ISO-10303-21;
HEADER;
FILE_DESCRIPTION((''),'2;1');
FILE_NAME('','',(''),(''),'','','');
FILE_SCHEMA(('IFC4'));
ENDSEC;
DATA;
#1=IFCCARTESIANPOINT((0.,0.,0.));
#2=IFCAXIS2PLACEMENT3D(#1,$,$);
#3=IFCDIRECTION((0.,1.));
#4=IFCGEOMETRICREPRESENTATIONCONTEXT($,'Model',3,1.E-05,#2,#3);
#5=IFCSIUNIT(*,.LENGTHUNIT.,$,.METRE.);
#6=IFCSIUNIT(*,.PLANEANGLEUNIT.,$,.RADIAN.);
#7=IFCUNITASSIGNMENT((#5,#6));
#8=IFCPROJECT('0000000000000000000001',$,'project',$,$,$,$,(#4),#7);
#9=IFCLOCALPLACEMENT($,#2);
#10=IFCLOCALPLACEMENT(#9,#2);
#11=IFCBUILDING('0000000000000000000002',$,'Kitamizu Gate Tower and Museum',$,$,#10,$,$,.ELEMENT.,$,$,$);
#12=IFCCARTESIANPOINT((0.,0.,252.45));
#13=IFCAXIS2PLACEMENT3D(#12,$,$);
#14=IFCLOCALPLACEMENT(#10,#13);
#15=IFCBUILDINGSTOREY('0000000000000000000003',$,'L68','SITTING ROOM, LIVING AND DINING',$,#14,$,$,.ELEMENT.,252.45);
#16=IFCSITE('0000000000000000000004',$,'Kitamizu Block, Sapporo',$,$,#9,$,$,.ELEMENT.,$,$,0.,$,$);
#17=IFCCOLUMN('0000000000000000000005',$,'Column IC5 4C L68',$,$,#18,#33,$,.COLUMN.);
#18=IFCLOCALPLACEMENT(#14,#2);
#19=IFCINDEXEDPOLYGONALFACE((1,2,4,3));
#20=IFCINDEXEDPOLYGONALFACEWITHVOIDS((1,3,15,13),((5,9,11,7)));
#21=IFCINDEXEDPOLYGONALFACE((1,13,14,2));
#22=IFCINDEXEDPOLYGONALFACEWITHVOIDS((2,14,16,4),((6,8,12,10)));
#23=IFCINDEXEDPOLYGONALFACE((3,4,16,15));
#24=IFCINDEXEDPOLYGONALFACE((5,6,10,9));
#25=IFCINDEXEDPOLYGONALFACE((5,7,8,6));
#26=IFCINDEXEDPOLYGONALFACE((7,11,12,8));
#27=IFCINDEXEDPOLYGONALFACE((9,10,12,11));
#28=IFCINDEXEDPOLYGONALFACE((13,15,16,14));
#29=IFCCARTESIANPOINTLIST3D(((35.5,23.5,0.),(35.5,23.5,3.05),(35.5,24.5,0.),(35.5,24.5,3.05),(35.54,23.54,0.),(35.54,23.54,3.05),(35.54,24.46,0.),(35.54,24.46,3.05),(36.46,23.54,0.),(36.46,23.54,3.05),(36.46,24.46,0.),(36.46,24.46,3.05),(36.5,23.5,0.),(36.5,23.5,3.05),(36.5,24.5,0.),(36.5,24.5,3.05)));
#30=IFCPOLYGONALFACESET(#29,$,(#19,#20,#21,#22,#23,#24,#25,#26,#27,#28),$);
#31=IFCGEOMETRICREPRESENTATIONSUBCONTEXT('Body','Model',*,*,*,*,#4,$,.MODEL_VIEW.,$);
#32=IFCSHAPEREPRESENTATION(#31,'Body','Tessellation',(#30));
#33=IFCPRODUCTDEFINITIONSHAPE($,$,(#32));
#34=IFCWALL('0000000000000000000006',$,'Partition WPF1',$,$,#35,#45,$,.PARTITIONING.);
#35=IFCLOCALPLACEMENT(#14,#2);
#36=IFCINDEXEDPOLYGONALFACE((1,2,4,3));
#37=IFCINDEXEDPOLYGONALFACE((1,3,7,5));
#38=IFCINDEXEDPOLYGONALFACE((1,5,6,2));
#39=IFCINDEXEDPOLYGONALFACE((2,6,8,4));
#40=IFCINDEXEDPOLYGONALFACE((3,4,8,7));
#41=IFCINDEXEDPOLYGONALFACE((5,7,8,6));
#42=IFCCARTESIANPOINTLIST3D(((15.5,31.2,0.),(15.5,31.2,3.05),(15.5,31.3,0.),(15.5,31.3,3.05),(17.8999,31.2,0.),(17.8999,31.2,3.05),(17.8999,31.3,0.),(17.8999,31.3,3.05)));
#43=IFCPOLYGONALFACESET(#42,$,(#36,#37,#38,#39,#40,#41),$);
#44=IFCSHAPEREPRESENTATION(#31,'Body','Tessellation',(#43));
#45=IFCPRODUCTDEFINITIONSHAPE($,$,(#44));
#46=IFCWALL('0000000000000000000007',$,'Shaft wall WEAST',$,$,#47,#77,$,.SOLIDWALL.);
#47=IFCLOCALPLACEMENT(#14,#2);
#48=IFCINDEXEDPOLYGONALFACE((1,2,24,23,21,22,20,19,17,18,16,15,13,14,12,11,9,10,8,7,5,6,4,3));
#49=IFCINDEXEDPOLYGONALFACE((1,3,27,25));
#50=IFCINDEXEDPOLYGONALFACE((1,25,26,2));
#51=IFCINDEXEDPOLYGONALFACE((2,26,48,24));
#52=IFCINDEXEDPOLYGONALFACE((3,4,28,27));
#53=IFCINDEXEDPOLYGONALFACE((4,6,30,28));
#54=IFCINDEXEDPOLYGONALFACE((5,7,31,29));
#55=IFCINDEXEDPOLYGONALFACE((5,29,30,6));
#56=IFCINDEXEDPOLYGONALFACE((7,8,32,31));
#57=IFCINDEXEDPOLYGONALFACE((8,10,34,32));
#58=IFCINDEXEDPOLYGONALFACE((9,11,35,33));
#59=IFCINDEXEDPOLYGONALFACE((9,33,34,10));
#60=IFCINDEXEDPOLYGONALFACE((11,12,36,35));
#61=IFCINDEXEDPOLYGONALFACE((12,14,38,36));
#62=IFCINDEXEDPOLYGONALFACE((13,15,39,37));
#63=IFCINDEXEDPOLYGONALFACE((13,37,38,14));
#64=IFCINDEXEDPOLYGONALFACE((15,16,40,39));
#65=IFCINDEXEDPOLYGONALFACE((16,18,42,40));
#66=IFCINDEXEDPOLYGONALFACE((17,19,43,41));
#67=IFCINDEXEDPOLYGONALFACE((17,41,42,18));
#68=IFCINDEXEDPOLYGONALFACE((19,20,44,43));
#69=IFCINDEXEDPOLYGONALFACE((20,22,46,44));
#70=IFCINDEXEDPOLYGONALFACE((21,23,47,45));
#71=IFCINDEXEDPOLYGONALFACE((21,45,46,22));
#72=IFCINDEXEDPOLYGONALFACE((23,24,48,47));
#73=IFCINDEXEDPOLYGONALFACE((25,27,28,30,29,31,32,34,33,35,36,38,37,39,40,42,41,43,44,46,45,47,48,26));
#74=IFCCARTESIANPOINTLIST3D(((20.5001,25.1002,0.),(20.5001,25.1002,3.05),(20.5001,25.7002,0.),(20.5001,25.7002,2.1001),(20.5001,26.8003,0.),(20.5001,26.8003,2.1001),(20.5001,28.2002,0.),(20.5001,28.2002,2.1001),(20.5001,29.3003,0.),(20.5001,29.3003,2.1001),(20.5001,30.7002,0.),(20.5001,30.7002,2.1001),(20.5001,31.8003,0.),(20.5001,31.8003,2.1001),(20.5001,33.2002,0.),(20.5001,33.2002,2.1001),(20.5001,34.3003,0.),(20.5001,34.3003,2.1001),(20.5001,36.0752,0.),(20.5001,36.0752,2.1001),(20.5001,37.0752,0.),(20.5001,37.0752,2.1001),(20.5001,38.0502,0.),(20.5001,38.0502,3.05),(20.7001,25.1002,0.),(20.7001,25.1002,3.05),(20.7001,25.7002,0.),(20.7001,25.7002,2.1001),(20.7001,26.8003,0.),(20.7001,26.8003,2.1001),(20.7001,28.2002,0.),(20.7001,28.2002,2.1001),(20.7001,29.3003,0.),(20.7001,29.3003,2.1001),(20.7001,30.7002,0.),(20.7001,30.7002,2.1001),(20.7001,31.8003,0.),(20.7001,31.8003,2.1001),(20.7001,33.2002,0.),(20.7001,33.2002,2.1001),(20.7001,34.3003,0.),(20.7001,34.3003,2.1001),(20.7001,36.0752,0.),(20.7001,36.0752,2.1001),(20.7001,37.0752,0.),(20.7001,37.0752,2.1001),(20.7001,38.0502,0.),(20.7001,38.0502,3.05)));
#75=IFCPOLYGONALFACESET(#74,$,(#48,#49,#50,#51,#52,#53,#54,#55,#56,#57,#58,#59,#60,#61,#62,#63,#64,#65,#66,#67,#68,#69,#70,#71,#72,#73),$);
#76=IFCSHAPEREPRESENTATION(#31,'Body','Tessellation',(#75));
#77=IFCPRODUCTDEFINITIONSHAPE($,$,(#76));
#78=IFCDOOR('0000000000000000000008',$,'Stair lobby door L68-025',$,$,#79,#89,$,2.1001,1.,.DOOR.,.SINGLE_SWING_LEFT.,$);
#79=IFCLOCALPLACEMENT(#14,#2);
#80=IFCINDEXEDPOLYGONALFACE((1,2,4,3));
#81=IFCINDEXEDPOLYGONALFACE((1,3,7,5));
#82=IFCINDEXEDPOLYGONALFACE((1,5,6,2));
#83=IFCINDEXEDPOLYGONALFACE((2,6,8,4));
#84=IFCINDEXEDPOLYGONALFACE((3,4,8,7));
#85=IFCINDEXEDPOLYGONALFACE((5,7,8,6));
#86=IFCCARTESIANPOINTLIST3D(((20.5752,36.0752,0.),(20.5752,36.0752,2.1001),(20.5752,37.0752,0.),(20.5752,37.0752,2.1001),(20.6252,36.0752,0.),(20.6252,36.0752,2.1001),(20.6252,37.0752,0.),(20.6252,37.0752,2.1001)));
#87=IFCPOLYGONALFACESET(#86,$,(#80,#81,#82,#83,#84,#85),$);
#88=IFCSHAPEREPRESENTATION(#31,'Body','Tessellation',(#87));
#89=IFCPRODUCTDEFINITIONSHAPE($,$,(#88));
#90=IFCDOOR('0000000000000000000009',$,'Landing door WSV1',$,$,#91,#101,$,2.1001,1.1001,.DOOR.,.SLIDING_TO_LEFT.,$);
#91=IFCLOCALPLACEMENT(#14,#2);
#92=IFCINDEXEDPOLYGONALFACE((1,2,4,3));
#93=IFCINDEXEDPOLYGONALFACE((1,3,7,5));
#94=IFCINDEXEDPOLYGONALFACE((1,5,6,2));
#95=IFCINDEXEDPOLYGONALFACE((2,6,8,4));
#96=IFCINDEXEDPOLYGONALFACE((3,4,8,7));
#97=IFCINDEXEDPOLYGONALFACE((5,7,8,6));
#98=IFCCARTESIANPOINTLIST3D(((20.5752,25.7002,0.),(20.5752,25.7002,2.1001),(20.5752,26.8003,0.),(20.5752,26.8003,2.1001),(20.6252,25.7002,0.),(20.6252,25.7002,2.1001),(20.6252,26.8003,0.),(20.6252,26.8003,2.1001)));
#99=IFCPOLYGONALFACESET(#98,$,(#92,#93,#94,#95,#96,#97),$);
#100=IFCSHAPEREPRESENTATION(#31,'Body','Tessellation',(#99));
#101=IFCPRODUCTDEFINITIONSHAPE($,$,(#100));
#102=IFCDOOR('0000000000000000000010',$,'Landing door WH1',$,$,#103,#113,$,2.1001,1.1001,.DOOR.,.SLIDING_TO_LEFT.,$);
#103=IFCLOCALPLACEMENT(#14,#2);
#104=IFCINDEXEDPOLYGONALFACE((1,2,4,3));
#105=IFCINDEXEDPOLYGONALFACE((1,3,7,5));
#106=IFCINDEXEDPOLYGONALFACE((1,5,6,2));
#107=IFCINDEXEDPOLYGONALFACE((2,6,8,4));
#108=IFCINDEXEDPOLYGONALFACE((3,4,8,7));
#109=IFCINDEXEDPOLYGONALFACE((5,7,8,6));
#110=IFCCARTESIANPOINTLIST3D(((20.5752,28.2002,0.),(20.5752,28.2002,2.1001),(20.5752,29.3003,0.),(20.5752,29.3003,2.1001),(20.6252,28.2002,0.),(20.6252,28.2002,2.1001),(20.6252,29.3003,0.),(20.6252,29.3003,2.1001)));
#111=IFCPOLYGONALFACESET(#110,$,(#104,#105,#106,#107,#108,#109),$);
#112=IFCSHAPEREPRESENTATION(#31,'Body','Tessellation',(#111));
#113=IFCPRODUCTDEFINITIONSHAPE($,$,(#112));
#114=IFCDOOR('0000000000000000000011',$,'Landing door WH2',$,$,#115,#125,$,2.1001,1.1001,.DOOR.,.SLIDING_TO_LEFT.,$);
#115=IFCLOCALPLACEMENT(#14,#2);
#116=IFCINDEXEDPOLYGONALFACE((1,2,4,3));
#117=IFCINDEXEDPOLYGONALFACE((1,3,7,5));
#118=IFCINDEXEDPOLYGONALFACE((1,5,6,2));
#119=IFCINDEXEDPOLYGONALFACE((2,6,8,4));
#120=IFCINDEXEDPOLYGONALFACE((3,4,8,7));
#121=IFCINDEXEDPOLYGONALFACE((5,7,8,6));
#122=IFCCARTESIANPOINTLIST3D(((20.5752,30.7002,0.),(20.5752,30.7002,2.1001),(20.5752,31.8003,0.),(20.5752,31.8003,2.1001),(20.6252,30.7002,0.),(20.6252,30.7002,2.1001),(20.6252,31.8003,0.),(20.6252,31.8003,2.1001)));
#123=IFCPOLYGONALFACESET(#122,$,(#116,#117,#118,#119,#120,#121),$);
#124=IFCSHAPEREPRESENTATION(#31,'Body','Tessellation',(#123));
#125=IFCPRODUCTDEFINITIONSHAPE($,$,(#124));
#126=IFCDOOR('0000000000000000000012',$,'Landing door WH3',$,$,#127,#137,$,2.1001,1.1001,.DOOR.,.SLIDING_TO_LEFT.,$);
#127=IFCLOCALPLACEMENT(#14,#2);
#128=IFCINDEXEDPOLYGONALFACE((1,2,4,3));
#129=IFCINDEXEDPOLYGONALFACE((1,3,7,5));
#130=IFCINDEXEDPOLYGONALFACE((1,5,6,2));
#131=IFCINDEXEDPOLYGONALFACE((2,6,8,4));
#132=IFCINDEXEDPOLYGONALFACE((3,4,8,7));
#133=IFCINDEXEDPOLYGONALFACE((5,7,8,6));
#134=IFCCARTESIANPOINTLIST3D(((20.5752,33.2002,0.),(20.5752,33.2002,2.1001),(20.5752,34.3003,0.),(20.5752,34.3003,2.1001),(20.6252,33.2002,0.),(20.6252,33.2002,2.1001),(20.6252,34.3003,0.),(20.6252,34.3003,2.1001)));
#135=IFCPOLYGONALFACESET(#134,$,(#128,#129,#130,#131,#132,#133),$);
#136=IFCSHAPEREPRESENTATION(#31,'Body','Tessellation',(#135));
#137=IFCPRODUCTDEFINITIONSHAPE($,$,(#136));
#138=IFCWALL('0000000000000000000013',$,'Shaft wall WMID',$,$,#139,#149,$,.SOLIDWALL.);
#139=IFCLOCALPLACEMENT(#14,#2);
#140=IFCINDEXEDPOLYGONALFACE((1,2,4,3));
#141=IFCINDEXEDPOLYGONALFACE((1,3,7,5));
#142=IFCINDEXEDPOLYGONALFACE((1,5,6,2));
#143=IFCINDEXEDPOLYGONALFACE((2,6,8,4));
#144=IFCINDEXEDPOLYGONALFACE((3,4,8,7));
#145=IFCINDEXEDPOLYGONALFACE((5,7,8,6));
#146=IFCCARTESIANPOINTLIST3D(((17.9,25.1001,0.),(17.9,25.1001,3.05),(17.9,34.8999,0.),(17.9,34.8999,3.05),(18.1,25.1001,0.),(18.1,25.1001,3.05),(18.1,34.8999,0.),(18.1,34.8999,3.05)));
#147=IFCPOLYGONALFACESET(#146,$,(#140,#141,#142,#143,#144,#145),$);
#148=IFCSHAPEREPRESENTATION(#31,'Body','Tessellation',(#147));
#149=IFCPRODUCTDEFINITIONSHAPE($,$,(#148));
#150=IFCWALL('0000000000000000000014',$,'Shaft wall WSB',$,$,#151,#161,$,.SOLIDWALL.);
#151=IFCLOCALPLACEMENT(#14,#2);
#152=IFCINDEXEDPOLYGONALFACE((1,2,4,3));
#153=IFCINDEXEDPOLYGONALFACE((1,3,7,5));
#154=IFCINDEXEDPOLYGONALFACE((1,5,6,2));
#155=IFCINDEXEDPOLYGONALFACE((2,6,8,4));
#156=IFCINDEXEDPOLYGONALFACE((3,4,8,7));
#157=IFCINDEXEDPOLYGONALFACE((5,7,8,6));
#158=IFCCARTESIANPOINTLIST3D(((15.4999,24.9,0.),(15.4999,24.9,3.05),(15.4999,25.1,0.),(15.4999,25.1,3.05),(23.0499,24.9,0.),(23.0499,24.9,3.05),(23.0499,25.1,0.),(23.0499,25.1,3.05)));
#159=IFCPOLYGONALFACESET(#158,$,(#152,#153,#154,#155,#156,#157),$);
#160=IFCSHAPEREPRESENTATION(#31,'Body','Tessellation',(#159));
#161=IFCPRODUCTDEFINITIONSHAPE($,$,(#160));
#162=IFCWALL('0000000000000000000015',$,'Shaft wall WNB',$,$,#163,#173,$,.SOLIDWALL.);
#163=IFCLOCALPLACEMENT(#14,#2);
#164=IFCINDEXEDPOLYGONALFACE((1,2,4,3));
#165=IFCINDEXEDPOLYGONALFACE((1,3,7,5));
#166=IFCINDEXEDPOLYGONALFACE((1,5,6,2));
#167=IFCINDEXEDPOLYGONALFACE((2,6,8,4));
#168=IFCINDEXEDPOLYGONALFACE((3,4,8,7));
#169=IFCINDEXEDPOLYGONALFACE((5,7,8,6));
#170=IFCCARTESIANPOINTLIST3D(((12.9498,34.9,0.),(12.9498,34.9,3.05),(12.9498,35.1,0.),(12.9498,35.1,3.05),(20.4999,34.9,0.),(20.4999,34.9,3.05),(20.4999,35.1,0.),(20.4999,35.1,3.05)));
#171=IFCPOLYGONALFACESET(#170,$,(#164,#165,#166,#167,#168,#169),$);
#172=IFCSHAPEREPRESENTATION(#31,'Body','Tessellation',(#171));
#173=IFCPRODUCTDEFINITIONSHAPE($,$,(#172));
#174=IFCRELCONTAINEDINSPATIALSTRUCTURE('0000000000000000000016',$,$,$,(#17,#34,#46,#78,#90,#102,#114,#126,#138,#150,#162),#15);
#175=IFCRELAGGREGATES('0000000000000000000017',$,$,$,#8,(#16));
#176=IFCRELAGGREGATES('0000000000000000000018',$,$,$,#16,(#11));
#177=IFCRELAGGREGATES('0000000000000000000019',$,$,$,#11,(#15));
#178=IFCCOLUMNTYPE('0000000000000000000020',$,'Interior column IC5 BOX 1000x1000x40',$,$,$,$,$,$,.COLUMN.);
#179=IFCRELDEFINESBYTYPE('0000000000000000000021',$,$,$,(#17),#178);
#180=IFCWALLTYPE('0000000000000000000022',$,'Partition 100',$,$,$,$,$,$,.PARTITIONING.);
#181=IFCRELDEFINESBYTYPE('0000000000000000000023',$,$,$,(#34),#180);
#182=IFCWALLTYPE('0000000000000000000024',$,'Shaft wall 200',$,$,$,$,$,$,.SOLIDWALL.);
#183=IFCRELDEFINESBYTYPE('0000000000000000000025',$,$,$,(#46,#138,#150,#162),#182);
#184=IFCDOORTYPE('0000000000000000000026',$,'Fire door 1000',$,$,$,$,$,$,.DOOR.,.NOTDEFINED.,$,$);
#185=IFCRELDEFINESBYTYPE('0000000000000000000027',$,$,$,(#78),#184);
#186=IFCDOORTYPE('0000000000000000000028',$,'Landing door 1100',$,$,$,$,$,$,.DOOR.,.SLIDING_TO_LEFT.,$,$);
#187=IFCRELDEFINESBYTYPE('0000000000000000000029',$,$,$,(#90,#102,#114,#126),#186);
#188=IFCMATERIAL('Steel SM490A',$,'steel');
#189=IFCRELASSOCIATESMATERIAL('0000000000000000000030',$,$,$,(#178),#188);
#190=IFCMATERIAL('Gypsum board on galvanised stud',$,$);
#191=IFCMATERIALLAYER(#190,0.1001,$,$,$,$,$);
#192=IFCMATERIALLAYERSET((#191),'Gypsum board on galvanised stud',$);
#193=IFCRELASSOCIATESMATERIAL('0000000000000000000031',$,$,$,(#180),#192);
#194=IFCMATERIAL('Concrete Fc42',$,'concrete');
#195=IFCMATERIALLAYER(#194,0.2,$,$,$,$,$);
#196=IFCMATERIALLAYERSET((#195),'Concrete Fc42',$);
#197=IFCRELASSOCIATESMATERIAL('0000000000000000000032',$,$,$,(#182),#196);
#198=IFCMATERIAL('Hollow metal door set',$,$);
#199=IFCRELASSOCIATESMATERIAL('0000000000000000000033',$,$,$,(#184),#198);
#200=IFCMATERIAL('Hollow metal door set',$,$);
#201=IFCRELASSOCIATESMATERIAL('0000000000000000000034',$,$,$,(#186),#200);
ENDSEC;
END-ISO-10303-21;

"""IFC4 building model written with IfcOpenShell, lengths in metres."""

from ifc_helpers import new_model, si_unit, direction, frame, frame_2d, origin, origin_2d, place, context, subcontext, project, spatial, rectangle, hollow_rectangle, extrude, material, layer, layer_set, material_profile, profile_set, type_object, element, fill, save


model = new_model("IFC4")

# Units and contexts
model_context = context("Model", 3, precision=1e-05, world=origin(), true_north=direction((0.0, 1.0)))
body_context = subcontext(model_context, "Body", "Model", "MODEL_VIEW")
ifc_project = project(units=[si_unit("LENGTHUNIT", "METRE"), si_unit("PLANEANGLEUNIT", "RADIAN")], contexts=[model_context])

# Site, building, storey
site_placement = place(None, origin())
site = spatial("IfcSite", under=ifc_project, at=site_placement, Name="Kitamizu Block, Sapporo", CompositionType="ELEMENT", RefElevation=0.0)
building_placement = place(site_placement, origin())
building = spatial("IfcBuilding", under=site, at=building_placement, Name="Kitamizu Gate Tower and Museum", CompositionType="ELEMENT")
storey_placement = place(building_placement, frame((0.0, 0.0, 252.45)))
storey = spatial("IfcBuildingStorey", under=building, at=storey_placement, Name="L68", Description="SITTING ROOM, LIVING AND DINING", CompositionType="ELEMENT", Elevation=252.45)

# Column
ifc_material_1 = material(Name="Steel SM490A", Category="steel")
ifc_material_profile = material_profile(ifc_material_1, hollow_rectangle(XDim=1.0, YDim=1.0, WallThickness=0.04, at=origin_2d()), Name="BOX 1000x1000x40")
ifc_profile_set = profile_set([ifc_material_profile], Name="Steel SM490A")
column_type = type_object("IfcColumnType", Name="Interior column IC5 BOX 1000x1000x40", PredefinedType="COLUMN", material=ifc_profile_set)
column_placement = place(storey_placement, frame((36.0, 24.0, 0.0), z_axis=(0.0, 0.0, 1.0), x_axis=(1.0, 0.0, 0.0)))
element("IfcColumn", 1, at=column_placement, inside=storey, type_object=column_type, Name="Column IC5 4C L68", PredefinedType="COLUMN", context=body_context, shape_type="SweptSolid", body=[
    extrude(hollow_rectangle(XDim=1.0, YDim=1.0, WallThickness=0.04, at=origin_2d()), origin(), (0.0, 0.0, 1.0), 3.05),
])

# Wall
ifc_material_2 = material(Name="Gypsum board on galvanised stud")
ifc_layer_1 = layer(ifc_material_2, 0.1001)
ifc_layer_set_1 = layer_set([ifc_layer_1], Name="Gypsum board on galvanised stud")
wall_type_1 = type_object("IfcWallType", Name="Partition 100", PredefinedType="PARTITIONING", material=ifc_layer_set_1)
wall_1_placement = place(storey_placement, frame((15.5, 31.25, 0.0), z_axis=(0.0, 0.0, 1.0), x_axis=(1.0, 0.0, 0.0)))
element("IfcWall", 2, at=wall_1_placement, inside=storey, type_object=wall_type_1, Name="Partition WPF1", PredefinedType="PARTITIONING", context=body_context, shape_type="SweptSolid", body=[
    extrude(rectangle(XDim=2.3999, YDim=0.1001, at=frame_2d((1.2, 0.0))), origin(), (0.0, 0.0, 1.0), 3.05),
])

# Wall, openings, doors
ifc_material_3 = material(Name="Concrete Fc42", Category="concrete")
ifc_layer_2 = layer(ifc_material_3, 0.2)
ifc_layer_set_2 = layer_set([ifc_layer_2], Name="Concrete Fc42")
wall_type_2 = type_object("IfcWallType", Name="Shaft wall 200", PredefinedType="SOLIDWALL", material=ifc_layer_set_2)
wall_2_placement = place(storey_placement, frame((20.6001, 25.1001, 0.0), z_axis=(0.0, 0.0, 1.0), x_axis=(0.0, 1.0, 0.0)))
wall_2 = element("IfcWall", 3, at=wall_2_placement, inside=storey, type_object=wall_type_2, Name="Shaft wall WEAST", PredefinedType="SOLIDWALL", context=body_context, shape_type="SweptSolid", body=[
    extrude(rectangle(XDim=12.95, YDim=0.2, at=frame_2d((6.4751, 0.0))), origin(), (0.0, 0.0, 1.0), 3.05),
])
opening_1_placement = place(wall_2_placement, frame((0.6001, 0.0, 0.0)))
opening_1 = element("IfcOpeningElement", 4, at=opening_1_placement, cuts=wall_2, PredefinedType="OPENING", context=body_context, shape_type="SweptSolid", body=[
    extrude(rectangle(XDim=1.1001, YDim=2.1001, at=frame_2d((0.55, 1.05))), frame((0.0, 0.1099, 0.0), z_axis=(0.0, -1.0, 0.0), x_axis=(1.0, 0.0, 0.0)), (0.0, 0.0, 1.0), 0.22),
])
opening_2_placement = place(wall_2_placement, frame((3.1001, 0.0, 0.0)))
opening_2 = element("IfcOpeningElement", 5, at=opening_2_placement, cuts=wall_2, PredefinedType="OPENING", context=body_context, shape_type="SweptSolid", body=[
    extrude(rectangle(XDim=1.1001, YDim=2.1001, at=frame_2d((0.55, 1.05))), frame((0.0, 0.1099, 0.0), z_axis=(0.0, -1.0, 0.0), x_axis=(1.0, 0.0, 0.0)), (0.0, 0.0, 1.0), 0.22),
])
opening_3_placement = place(wall_2_placement, frame((5.6001, 0.0, 0.0)))
opening_3 = element("IfcOpeningElement", 6, at=opening_3_placement, cuts=wall_2, PredefinedType="OPENING", context=body_context, shape_type="SweptSolid", body=[
    extrude(rectangle(XDim=1.1001, YDim=2.1001, at=frame_2d((0.55, 1.05))), frame((0.0, 0.1099, 0.0), z_axis=(0.0, -1.0, 0.0), x_axis=(1.0, 0.0, 0.0)), (0.0, 0.0, 1.0), 0.22),
])
opening_4_placement = place(wall_2_placement, frame((8.1001, 0.0, 0.0)))
opening_4 = element("IfcOpeningElement", 7, at=opening_4_placement, cuts=wall_2, PredefinedType="OPENING", context=body_context, shape_type="SweptSolid", body=[
    extrude(rectangle(XDim=1.1001, YDim=2.1001, at=frame_2d((0.55, 1.05))), frame((0.0, 0.1099, 0.0), z_axis=(0.0, -1.0, 0.0), x_axis=(1.0, 0.0, 0.0)), (0.0, 0.0, 1.0), 0.22),
])
opening_5_placement = place(wall_2_placement, frame((10.9751, 0.0, 0.0)))
opening_5 = element("IfcOpeningElement", 8, at=opening_5_placement, cuts=wall_2, PredefinedType="OPENING", context=body_context, shape_type="SweptSolid", body=[
    extrude(rectangle(XDim=1.0, YDim=2.1001, at=frame_2d((0.5, 1.05))), frame((0.0, 0.1099, 0.0), z_axis=(0.0, -1.0, 0.0), x_axis=(1.0, 0.0, 0.0)), (0.0, 0.0, 1.0), 0.22),
])
ifc_material_4 = material(Name="Hollow metal door set")
door_type_1 = type_object("IfcDoorType", Name="Fire door 1000", OperationType="NOTDEFINED", PredefinedType="DOOR", material=ifc_material_4)
door_1_placement = place(opening_5_placement, origin())
door_1 = element("IfcDoor", 9, at=door_1_placement, inside=storey, type_object=door_type_1, Name="Stair lobby door L68-025", OperationType="SINGLE_SWING_LEFT", OverallHeight=2.1001, OverallWidth=1.0, PredefinedType="DOOR", context=body_context, shape_type="SweptSolid", body=[
    extrude(rectangle(XDim=1.0, YDim=2.1001, at=frame_2d((0.5, 1.05))), frame((0.0, 0.0249, 0.0), z_axis=(0.0, -1.0, 0.0), x_axis=(1.0, 0.0, 0.0)), (0.0, 0.0, 1.0), 0.05),
])
fill(opening_5, door_1)
ifc_material_5 = material(Name="Hollow metal door set")
door_type_2 = type_object("IfcDoorType", Name="Landing door 1100", OperationType="SLIDING_TO_LEFT", PredefinedType="DOOR", material=ifc_material_5)
door_2_placement = place(opening_1_placement, origin())
door_2 = element("IfcDoor", 10, at=door_2_placement, inside=storey, type_object=door_type_2, Name="Landing door WSV1", OperationType="SLIDING_TO_LEFT", OverallHeight=2.1001, OverallWidth=1.1001, PredefinedType="DOOR", context=body_context, shape_type="SweptSolid", body=[
    extrude(rectangle(XDim=1.1001, YDim=2.1001, at=frame_2d((0.55, 1.05))), frame((0.0, 0.0249, 0.0), z_axis=(0.0, -1.0, 0.0), x_axis=(1.0, 0.0, 0.0)), (0.0, 0.0, 1.0), 0.05),
])
fill(opening_1, door_2)
door_3_placement = place(opening_2_placement, origin())
door_3 = element("IfcDoor", 11, at=door_3_placement, inside=storey, type_object=door_type_2, Name="Landing door WH1", OperationType="SLIDING_TO_LEFT", OverallHeight=2.1001, OverallWidth=1.1001, PredefinedType="DOOR", context=body_context, shape_type="SweptSolid", body=[
    extrude(rectangle(XDim=1.1001, YDim=2.1001, at=frame_2d((0.55, 1.05))), frame((0.0, 0.0249, 0.0), z_axis=(0.0, -1.0, 0.0), x_axis=(1.0, 0.0, 0.0)), (0.0, 0.0, 1.0), 0.05),
])
fill(opening_2, door_3)
door_4_placement = place(opening_3_placement, origin())
door_4 = element("IfcDoor", 12, at=door_4_placement, inside=storey, type_object=door_type_2, Name="Landing door WH2", OperationType="SLIDING_TO_LEFT", OverallHeight=2.1001, OverallWidth=1.1001, PredefinedType="DOOR", context=body_context, shape_type="SweptSolid", body=[
    extrude(rectangle(XDim=1.1001, YDim=2.1001, at=frame_2d((0.55, 1.05))), frame((0.0, 0.0249, 0.0), z_axis=(0.0, -1.0, 0.0), x_axis=(1.0, 0.0, 0.0)), (0.0, 0.0, 1.0), 0.05),
])
fill(opening_3, door_4)
door_5_placement = place(opening_4_placement, origin())
door_5 = element("IfcDoor", 13, at=door_5_placement, inside=storey, type_object=door_type_2, Name="Landing door WH3", OperationType="SLIDING_TO_LEFT", OverallHeight=2.1001, OverallWidth=1.1001, PredefinedType="DOOR", context=body_context, shape_type="SweptSolid", body=[
    extrude(rectangle(XDim=1.1001, YDim=2.1001, at=frame_2d((0.55, 1.05))), frame((0.0, 0.0249, 0.0), z_axis=(0.0, -1.0, 0.0), x_axis=(1.0, 0.0, 0.0)), (0.0, 0.0, 1.0), 0.05),
])
fill(opening_4, door_5)

# Walls
wall_3_placement = place(storey_placement, frame((18.0, 25.1001, 0.0), z_axis=(0.0, 0.0, 1.0), x_axis=(0.0, 1.0, 0.0)))
element("IfcWall", 14, at=wall_3_placement, inside=storey, type_object=wall_type_2, Name="Shaft wall WMID", PredefinedType="SOLIDWALL", context=body_context, shape_type="SweptSolid", body=[
    extrude(rectangle(XDim=9.7998, YDim=0.2, at=frame_2d((4.8999, 0.0))), origin(), (0.0, 0.0, 1.0), 3.05),
])
for number, where, z_axis, x_axis, name in (
    (15, (15.5, 25.0, 0.0), (0.0, 0.0, 1.0), (1.0, 0.0, 0.0), "Shaft wall WSB"),
    (16, (12.95, 35.0, 0.0), (0.0, 0.0, 1.0), (1.0, 0.0, 0.0), "Shaft wall WNB"),
):
    element("IfcWall", number, at=place(storey_placement, frame(where, z_axis=z_axis, x_axis=x_axis)), inside=storey, type_object=wall_type_2, Name=name, PredefinedType="SOLIDWALL", context=body_context, shape_type="SweptSolid", body=[
        extrude(rectangle(XDim=7.55, YDim=0.2, at=frame_2d((3.7749, 0.0))), origin(), (0.0, 0.0, 1.0), 3.05),
    ])

save(model, "model.ifc")
